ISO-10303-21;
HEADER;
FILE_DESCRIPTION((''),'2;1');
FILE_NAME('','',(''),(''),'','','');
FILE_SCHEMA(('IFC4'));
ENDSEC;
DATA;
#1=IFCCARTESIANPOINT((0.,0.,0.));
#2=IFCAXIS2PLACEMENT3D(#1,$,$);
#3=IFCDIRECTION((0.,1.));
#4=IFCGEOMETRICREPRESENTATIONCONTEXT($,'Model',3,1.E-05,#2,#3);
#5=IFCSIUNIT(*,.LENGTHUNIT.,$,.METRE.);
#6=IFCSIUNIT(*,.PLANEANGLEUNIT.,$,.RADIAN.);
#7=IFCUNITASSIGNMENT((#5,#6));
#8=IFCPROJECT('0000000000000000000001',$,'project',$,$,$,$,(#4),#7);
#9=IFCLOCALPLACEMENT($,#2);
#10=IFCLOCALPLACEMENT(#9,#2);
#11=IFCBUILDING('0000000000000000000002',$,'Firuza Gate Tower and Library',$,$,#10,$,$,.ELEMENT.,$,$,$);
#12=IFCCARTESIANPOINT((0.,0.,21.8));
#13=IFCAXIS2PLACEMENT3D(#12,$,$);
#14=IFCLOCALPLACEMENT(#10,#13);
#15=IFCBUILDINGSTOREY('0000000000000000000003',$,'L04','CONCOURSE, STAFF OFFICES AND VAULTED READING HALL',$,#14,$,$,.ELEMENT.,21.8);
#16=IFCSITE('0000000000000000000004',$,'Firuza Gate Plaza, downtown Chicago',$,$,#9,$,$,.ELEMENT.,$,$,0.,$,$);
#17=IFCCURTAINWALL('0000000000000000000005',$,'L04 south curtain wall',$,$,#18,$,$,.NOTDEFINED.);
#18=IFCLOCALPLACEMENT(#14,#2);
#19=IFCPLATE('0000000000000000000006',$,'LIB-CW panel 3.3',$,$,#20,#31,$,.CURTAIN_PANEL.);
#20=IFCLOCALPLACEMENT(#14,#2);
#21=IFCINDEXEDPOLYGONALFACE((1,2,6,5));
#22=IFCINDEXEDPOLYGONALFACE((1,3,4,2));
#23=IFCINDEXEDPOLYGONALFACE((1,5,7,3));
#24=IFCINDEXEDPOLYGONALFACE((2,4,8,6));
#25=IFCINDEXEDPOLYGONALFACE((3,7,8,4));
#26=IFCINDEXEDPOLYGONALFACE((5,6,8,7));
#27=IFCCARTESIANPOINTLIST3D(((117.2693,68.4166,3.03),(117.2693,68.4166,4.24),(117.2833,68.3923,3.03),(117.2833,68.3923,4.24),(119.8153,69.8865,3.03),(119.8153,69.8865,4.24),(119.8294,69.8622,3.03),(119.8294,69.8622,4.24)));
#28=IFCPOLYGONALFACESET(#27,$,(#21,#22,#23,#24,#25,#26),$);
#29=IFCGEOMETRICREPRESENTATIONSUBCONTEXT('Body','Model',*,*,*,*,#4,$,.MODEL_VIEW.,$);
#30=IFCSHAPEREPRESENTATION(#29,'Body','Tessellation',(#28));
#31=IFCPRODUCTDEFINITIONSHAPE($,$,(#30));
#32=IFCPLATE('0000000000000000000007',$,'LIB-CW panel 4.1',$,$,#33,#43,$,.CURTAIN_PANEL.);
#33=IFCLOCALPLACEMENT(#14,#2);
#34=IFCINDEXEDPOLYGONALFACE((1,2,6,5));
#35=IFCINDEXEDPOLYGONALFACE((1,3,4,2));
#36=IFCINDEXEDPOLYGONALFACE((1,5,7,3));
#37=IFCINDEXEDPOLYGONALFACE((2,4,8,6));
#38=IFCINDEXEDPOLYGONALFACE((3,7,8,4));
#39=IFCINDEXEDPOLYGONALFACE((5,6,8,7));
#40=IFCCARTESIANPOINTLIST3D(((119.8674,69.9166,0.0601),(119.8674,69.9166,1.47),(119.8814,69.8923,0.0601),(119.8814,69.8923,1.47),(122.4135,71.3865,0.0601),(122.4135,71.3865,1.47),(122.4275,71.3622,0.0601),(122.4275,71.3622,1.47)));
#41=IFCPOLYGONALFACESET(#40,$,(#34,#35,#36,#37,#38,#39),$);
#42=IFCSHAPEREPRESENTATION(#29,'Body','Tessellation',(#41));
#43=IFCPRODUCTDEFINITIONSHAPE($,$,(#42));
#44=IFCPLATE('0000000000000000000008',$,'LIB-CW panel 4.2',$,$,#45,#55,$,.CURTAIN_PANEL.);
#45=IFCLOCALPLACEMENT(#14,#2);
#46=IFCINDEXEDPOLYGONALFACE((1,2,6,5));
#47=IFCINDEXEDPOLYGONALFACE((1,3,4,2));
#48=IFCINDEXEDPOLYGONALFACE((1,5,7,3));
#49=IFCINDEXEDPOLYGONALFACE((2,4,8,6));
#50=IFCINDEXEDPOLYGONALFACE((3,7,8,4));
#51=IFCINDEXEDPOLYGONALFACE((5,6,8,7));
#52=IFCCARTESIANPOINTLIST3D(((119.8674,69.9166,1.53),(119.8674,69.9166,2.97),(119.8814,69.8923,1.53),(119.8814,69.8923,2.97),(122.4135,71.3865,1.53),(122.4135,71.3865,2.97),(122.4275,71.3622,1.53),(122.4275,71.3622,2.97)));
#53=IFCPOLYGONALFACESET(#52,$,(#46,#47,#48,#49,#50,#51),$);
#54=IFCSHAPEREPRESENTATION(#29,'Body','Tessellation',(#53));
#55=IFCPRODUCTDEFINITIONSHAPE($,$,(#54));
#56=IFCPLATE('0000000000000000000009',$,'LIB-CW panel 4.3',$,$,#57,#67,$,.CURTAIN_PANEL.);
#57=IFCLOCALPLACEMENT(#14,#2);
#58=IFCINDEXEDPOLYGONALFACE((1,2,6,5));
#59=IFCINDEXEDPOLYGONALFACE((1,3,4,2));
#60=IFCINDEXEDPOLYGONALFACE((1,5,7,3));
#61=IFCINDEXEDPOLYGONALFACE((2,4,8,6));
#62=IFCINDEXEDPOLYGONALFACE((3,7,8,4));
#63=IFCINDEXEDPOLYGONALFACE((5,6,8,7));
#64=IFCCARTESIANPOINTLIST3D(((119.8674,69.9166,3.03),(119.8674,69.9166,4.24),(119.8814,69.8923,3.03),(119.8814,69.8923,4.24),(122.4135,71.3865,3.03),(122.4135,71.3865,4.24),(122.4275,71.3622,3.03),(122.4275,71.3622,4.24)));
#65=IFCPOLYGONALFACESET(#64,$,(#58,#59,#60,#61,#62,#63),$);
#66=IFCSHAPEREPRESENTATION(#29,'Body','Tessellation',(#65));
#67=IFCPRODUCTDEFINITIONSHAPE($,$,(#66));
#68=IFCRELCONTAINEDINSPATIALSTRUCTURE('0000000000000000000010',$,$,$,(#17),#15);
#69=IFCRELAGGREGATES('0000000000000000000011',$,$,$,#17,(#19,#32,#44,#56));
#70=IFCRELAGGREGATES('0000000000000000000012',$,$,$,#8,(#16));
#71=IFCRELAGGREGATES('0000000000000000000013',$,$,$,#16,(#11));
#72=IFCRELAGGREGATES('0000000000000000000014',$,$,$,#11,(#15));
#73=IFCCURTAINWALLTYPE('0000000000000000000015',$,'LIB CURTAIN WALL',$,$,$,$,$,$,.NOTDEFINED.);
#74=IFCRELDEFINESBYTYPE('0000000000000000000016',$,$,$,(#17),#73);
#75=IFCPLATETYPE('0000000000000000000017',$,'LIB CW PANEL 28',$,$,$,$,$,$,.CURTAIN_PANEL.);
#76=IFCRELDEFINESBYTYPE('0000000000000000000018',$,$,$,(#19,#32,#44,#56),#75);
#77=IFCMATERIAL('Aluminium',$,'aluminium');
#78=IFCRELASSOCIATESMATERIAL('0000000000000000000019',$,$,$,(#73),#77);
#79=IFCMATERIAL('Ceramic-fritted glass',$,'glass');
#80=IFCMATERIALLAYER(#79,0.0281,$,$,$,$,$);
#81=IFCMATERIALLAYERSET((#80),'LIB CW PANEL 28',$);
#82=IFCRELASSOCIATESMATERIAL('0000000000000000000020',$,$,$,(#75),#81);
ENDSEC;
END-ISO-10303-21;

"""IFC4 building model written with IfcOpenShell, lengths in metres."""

from ifc_helpers import new_model, si_unit, direction, frame, origin, origin_2d, place, context, subcontext, project, spatial, rectangle, extrude, material, layer, layer_set, type_object, element, aggregate, save


model = new_model("IFC4")

# Units and contexts
model_context = context("Model", 3, precision=1e-05, world=origin(), true_north=direction((0.0, 1.0)))
body_context = subcontext(model_context, "Body", "Model", "MODEL_VIEW")
ifc_project = project(units=[si_unit("LENGTHUNIT", "METRE"), si_unit("PLANEANGLEUNIT", "RADIAN")], contexts=[model_context])

# Site, building, storey
site_placement = place(None, origin())
site = spatial("IfcSite", under=ifc_project, at=site_placement, Name="Firuza Gate Plaza, downtown Chicago", CompositionType="ELEMENT", RefElevation=0.0)
building_placement = place(site_placement, origin())
building = spatial("IfcBuilding", under=site, at=building_placement, Name="Firuza Gate Tower and Library", CompositionType="ELEMENT")
storey_placement = place(building_placement, frame((0.0, 0.0, 21.8)))
storey = spatial("IfcBuildingStorey", under=building, at=storey_placement, Name="L04", Description="CONCOURSE, STAFF OFFICES AND VAULTED READING HALL", CompositionType="ELEMENT", Elevation=21.8)

# Curtain wall, plates
ifc_material_1 = material(Name="Aluminium", Category="aluminium")
curtain_wall_type = type_object("IfcCurtainWallType", Name="LIB CURTAIN WALL", PredefinedType="NOTDEFINED", material=ifc_material_1)
curtain_wall_placement = place(storey_placement, origin())
curtain_wall = element("IfcCurtainWall", 1, at=curtain_wall_placement, inside=storey, type_object=curtain_wall_type, Name="L04 south curtain wall", PredefinedType="NOTDEFINED")
ifc_material_2 = material(Name="Ceramic-fritted glass", Category="glass")
ifc_layer = layer(ifc_material_2, 0.0281)
ifc_layer_set = layer_set([ifc_layer], Name="LIB CW PANEL 28")
plate_type = type_object("IfcPlateType", Name="LIB CW PANEL 28", PredefinedType="CURTAIN_PANEL", material=ifc_layer_set)
plate_1_placement = place(storey_placement, frame((118.5493, 69.1394, 3.03), z_axis=(0.0, 0.0, 1.0), x_axis=(0.866025, 0.500001, 0.0)))
plate_1 = element("IfcPlate", 2, at=plate_1_placement, type_object=plate_type, Name="LIB-CW panel 3.3", PredefinedType="CURTAIN_PANEL", context=body_context, shape_type="SweptSolid", body=[
    extrude(rectangle(XDim=2.9399, YDim=0.0281, at=origin_2d()), origin(), (0.0, 0.0, 1.0), 1.21),
])
plate_2_placement = place(storey_placement, frame((121.1475, 70.6394, 0.0601), z_axis=(0.0, 0.0, 1.0), x_axis=(0.866025, 0.500001, 0.0)))
plate_2 = element("IfcPlate", 3, at=plate_2_placement, type_object=plate_type, Name="LIB-CW panel 4.1", PredefinedType="CURTAIN_PANEL", context=body_context, shape_type="SweptSolid", body=[
    extrude(rectangle(XDim=2.9399, YDim=0.0281, at=origin_2d()), origin(), (0.0, 0.0, 1.0), 1.4099),
])
plate_3_placement = place(storey_placement, frame((121.1475, 70.6394, 1.53), z_axis=(0.0, 0.0, 1.0), x_axis=(0.866025, 0.500001, 0.0)))
plate_3 = element("IfcPlate", 4, at=plate_3_placement, type_object=plate_type, Name="LIB-CW panel 4.2", PredefinedType="CURTAIN_PANEL", context=body_context, shape_type="SweptSolid", body=[
    extrude(rectangle(XDim=2.9399, YDim=0.0281, at=origin_2d()), origin(), (0.0, 0.0, 1.0), 1.4399),
])
plate_4_placement = place(storey_placement, frame((121.1475, 70.6394, 3.03), z_axis=(0.0, 0.0, 1.0), x_axis=(0.866025, 0.500001, 0.0)))
plate_4 = element("IfcPlate", 5, at=plate_4_placement, type_object=plate_type, Name="LIB-CW panel 4.3", PredefinedType="CURTAIN_PANEL", context=body_context, shape_type="SweptSolid", body=[
    extrude(rectangle(XDim=2.9399, YDim=0.0281, at=origin_2d()), origin(), (0.0, 0.0, 1.0), 1.21),
])
aggregate(curtain_wall, [plate_1, plate_2, plate_3, plate_4])

save(model, "model.ifc")
